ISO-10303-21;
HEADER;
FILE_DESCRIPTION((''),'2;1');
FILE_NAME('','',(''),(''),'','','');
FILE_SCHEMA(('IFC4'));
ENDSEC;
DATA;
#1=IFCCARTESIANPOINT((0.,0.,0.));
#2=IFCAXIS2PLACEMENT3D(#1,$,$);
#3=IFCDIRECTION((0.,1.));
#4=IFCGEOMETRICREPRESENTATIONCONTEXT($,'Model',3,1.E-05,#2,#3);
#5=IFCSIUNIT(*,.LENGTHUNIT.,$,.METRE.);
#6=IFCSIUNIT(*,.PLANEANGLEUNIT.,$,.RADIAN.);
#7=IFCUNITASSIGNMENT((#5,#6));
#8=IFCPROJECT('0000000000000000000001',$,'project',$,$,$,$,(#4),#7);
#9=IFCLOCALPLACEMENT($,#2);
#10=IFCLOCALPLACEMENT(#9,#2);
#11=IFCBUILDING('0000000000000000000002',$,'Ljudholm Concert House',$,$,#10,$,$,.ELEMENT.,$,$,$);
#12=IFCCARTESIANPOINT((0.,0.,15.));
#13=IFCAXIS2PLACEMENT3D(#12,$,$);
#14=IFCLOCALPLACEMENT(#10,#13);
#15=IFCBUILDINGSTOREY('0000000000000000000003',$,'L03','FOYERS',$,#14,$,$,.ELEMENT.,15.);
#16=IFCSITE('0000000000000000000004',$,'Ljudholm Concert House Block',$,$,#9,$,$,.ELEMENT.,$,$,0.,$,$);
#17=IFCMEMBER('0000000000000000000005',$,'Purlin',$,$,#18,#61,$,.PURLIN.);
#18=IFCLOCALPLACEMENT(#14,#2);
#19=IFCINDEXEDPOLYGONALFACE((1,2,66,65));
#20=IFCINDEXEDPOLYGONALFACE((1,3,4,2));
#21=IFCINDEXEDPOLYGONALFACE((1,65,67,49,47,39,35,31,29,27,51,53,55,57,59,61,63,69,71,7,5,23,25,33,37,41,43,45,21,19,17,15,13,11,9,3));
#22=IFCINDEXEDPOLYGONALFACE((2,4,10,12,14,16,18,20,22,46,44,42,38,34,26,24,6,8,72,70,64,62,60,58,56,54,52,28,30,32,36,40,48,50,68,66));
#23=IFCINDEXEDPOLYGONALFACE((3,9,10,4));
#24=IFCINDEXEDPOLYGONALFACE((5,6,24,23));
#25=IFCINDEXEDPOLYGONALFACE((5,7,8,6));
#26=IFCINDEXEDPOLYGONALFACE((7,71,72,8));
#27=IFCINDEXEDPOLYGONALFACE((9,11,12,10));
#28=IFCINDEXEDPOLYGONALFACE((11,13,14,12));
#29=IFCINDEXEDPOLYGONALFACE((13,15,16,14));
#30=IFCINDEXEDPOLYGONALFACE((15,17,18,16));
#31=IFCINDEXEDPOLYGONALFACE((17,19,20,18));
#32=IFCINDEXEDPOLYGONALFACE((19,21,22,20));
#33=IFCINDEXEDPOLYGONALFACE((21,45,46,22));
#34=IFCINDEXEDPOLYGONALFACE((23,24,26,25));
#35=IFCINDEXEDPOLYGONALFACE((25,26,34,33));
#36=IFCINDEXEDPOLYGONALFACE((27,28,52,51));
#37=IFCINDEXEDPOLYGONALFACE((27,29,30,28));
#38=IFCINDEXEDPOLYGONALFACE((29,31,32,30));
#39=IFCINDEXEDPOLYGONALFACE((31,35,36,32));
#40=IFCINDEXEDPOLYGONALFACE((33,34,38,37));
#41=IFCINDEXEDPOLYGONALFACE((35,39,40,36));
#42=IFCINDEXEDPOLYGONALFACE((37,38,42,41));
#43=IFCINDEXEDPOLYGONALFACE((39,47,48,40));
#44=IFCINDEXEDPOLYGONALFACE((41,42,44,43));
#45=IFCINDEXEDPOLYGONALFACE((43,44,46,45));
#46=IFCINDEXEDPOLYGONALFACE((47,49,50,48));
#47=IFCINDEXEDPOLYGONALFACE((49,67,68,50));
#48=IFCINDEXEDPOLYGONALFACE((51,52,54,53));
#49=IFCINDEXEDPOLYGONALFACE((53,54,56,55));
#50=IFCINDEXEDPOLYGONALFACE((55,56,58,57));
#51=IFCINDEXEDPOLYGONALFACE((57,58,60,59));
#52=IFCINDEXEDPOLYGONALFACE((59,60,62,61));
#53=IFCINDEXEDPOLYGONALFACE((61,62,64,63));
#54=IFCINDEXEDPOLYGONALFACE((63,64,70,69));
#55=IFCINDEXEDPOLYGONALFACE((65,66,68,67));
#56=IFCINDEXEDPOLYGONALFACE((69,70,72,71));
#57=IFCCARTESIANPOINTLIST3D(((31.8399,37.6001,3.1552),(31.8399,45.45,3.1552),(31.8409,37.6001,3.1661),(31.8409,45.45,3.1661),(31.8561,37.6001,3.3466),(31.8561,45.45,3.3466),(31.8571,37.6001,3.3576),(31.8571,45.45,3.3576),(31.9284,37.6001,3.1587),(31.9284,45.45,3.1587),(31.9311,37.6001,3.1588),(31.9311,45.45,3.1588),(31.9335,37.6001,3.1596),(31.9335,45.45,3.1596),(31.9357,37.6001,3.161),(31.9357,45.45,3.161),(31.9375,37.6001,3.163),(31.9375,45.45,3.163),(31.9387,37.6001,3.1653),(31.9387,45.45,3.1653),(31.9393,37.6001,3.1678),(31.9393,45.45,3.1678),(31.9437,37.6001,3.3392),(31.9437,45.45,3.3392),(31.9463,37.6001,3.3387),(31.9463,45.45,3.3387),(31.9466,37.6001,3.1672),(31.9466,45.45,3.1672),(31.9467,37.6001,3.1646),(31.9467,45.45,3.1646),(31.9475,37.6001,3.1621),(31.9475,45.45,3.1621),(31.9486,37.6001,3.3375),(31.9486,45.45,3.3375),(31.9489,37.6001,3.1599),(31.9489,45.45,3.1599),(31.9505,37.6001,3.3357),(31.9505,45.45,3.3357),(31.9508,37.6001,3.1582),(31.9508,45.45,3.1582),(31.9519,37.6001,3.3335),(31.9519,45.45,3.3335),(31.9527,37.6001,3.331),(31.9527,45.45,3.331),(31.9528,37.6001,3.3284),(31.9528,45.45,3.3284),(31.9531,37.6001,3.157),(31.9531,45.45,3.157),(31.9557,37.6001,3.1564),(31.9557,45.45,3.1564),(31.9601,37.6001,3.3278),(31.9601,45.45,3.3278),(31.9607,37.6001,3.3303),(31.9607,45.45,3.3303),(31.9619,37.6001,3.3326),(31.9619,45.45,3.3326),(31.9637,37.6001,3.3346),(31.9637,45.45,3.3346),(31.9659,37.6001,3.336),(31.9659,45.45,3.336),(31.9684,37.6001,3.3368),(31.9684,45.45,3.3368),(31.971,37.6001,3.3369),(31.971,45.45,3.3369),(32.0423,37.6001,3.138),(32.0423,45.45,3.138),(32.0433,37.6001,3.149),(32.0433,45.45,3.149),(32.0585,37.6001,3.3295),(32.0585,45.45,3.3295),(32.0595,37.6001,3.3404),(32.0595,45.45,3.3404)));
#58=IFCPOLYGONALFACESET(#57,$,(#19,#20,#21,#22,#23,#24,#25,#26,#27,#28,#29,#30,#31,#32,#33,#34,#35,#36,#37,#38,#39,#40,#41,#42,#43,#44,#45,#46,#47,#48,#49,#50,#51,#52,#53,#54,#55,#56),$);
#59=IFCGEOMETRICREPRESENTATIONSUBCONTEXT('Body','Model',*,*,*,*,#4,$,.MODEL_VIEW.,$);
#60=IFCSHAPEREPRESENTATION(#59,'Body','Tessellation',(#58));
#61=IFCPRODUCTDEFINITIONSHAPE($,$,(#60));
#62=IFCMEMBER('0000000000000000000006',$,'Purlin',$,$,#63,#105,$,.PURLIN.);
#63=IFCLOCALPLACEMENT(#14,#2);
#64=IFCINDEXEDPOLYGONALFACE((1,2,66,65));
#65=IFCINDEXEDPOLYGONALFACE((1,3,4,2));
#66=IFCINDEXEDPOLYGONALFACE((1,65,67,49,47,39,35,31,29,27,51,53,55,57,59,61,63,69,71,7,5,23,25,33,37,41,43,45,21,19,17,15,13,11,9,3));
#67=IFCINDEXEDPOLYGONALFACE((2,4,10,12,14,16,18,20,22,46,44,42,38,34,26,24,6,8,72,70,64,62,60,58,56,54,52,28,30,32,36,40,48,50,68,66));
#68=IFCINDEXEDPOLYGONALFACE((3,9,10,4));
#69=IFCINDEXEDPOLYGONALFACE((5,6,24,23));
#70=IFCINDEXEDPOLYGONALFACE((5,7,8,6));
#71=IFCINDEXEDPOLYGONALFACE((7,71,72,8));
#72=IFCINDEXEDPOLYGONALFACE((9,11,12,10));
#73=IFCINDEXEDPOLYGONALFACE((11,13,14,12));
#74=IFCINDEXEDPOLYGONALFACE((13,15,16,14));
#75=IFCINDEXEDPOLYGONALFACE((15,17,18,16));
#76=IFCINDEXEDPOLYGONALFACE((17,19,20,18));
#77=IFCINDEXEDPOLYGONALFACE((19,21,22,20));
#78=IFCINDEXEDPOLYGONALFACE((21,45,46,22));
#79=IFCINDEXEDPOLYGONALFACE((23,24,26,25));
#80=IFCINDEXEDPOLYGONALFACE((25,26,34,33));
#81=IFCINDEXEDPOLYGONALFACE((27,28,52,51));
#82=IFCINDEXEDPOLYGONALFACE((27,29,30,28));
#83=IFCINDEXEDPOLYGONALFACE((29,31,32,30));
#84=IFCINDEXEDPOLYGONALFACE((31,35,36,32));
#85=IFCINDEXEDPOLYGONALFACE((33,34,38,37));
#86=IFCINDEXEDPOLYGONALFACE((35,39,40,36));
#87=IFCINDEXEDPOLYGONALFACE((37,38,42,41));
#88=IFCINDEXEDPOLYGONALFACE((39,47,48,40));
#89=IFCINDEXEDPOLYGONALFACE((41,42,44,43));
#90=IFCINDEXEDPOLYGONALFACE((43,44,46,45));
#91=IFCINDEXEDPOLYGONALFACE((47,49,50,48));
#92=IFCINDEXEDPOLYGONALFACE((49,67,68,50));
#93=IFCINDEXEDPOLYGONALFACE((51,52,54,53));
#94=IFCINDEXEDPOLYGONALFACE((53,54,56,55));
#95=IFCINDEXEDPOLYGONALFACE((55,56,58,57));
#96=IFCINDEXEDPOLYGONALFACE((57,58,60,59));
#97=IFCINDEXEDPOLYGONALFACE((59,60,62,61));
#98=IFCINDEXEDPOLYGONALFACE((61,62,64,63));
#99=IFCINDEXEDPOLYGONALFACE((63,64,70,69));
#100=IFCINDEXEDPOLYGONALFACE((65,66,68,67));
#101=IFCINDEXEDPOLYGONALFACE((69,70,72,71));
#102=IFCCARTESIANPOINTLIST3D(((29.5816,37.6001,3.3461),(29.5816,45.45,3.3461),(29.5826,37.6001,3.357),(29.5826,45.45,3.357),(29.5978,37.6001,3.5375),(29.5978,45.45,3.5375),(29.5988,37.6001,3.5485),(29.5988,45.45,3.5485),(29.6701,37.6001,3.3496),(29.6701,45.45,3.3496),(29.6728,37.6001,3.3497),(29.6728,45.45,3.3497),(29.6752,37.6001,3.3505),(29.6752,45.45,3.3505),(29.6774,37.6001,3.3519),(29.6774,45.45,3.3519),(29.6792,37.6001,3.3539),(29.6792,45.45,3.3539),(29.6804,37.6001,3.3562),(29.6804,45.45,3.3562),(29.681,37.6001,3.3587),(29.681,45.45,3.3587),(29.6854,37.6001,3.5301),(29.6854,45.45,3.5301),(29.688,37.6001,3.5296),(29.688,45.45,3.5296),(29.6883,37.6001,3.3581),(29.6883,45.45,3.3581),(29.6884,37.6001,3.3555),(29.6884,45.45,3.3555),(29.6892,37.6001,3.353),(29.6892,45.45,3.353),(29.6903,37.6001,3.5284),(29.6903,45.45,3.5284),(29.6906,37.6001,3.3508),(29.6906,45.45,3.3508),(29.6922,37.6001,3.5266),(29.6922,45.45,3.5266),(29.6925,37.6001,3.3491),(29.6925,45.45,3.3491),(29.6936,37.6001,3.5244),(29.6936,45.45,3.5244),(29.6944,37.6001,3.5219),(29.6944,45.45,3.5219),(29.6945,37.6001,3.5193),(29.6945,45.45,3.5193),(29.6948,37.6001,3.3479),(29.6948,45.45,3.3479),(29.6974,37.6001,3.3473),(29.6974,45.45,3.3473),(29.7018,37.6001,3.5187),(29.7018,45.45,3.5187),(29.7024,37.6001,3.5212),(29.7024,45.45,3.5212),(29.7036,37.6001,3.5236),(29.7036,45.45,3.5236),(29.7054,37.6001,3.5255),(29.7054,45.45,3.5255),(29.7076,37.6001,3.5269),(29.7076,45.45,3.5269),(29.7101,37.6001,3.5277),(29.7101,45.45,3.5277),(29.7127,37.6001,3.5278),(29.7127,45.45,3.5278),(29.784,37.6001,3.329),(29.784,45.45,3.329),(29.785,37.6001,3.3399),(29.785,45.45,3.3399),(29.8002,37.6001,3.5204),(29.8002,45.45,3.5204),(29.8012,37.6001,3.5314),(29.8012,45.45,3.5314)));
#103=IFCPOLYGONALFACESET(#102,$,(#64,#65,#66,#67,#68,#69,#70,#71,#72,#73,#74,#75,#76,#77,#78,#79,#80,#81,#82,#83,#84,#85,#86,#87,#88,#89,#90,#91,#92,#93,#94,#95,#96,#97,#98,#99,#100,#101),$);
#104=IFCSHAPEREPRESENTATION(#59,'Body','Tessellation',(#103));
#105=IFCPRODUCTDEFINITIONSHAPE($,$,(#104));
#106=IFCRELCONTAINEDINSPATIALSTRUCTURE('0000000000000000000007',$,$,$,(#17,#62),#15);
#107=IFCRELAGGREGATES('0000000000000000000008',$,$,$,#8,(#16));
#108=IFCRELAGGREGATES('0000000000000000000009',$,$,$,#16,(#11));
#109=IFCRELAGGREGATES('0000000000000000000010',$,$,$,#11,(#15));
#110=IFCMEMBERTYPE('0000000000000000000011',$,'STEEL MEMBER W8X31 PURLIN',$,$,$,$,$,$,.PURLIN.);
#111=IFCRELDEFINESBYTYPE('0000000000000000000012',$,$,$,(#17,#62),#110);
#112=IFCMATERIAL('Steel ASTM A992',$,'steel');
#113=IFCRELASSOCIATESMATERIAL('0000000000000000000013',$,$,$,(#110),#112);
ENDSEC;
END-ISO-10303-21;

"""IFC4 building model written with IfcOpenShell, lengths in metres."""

from ifc_helpers import new_model, si_unit, direction, frame, origin, origin_2d, place, context, subcontext, project, spatial, i_section, extrude, material, material_profile, profile_set, type_object, element, save


model = new_model("IFC4")

# Units and contexts
model_context = context("Model", 3, precision=1e-05, world=origin(), true_north=direction((0.0, 1.0)))
body_context = subcontext(model_context, "Body", "Model", "MODEL_VIEW")
ifc_project = project(units=[si_unit("LENGTHUNIT", "METRE"), si_unit("PLANEANGLEUNIT", "RADIAN")], contexts=[model_context])

# Site, building, storey
site_placement = place(None, origin())
site = spatial("IfcSite", under=ifc_project, at=site_placement, Name="Ljudholm Concert House Block", CompositionType="ELEMENT", RefElevation=0.0)
building_placement = place(site_placement, origin())
building = spatial("IfcBuilding", under=site, at=building_placement, Name="Ljudholm Concert House", CompositionType="ELEMENT")
storey_placement = place(building_placement, frame((0.0, 0.0, 15.0)))
storey = spatial("IfcBuildingStorey", under=building, at=storey_placement, Name="L03", Description="FOYERS", CompositionType="ELEMENT", Elevation=15.0)

# Members
ifc_material_1 = material(Name="Steel ASTM A992", Category="steel")
ifc_material_profile_1 = material_profile(ifc_material_1, i_section(OverallWidth=0.2031, OverallDepth=0.2031, WebThickness=0.0073, FlangeThickness=0.011, FilletRadius=0.01, at=origin_2d()), Name="W8X31")
ifc_profile_set_1 = profile_set([ifc_material_profile_1], Name="Steel ASTM A992")
member_type_1 = type_object("IfcMemberType", Name="STEEL MEMBER W8X31 PURLIN", PredefinedType="PURLIN", material=ifc_profile_set_1)
for number, where, z_axis, x_axis, name in (
    (1, (31.9497, 37.6001, 3.2478), (0.0, 1.0, 0.0), (-0.996441, 0.0, 0.084291), "Purlin"),
    (2, (29.6914, 37.6001, 3.4387), (0.0, 1.0, 0.0), (-0.996441, 0.0, 0.084291), "Purlin"),
):
    element("IfcMember", number, at=place(storey_placement, frame(where, z_axis=z_axis, x_axis=x_axis)), inside=storey, type_object=member_type_1, Name=name, PredefinedType="PURLIN", context=body_context, shape_type="SweptSolid", body=[
        extrude(i_section(OverallWidth=0.2031, OverallDepth=0.2031, WebThickness=0.0073, FlangeThickness=0.011, FilletRadius=0.01, at=origin_2d()), origin(), (0.0, 0.0, 1.0), 7.8499),
    ])

save(model, "model.ifc")
